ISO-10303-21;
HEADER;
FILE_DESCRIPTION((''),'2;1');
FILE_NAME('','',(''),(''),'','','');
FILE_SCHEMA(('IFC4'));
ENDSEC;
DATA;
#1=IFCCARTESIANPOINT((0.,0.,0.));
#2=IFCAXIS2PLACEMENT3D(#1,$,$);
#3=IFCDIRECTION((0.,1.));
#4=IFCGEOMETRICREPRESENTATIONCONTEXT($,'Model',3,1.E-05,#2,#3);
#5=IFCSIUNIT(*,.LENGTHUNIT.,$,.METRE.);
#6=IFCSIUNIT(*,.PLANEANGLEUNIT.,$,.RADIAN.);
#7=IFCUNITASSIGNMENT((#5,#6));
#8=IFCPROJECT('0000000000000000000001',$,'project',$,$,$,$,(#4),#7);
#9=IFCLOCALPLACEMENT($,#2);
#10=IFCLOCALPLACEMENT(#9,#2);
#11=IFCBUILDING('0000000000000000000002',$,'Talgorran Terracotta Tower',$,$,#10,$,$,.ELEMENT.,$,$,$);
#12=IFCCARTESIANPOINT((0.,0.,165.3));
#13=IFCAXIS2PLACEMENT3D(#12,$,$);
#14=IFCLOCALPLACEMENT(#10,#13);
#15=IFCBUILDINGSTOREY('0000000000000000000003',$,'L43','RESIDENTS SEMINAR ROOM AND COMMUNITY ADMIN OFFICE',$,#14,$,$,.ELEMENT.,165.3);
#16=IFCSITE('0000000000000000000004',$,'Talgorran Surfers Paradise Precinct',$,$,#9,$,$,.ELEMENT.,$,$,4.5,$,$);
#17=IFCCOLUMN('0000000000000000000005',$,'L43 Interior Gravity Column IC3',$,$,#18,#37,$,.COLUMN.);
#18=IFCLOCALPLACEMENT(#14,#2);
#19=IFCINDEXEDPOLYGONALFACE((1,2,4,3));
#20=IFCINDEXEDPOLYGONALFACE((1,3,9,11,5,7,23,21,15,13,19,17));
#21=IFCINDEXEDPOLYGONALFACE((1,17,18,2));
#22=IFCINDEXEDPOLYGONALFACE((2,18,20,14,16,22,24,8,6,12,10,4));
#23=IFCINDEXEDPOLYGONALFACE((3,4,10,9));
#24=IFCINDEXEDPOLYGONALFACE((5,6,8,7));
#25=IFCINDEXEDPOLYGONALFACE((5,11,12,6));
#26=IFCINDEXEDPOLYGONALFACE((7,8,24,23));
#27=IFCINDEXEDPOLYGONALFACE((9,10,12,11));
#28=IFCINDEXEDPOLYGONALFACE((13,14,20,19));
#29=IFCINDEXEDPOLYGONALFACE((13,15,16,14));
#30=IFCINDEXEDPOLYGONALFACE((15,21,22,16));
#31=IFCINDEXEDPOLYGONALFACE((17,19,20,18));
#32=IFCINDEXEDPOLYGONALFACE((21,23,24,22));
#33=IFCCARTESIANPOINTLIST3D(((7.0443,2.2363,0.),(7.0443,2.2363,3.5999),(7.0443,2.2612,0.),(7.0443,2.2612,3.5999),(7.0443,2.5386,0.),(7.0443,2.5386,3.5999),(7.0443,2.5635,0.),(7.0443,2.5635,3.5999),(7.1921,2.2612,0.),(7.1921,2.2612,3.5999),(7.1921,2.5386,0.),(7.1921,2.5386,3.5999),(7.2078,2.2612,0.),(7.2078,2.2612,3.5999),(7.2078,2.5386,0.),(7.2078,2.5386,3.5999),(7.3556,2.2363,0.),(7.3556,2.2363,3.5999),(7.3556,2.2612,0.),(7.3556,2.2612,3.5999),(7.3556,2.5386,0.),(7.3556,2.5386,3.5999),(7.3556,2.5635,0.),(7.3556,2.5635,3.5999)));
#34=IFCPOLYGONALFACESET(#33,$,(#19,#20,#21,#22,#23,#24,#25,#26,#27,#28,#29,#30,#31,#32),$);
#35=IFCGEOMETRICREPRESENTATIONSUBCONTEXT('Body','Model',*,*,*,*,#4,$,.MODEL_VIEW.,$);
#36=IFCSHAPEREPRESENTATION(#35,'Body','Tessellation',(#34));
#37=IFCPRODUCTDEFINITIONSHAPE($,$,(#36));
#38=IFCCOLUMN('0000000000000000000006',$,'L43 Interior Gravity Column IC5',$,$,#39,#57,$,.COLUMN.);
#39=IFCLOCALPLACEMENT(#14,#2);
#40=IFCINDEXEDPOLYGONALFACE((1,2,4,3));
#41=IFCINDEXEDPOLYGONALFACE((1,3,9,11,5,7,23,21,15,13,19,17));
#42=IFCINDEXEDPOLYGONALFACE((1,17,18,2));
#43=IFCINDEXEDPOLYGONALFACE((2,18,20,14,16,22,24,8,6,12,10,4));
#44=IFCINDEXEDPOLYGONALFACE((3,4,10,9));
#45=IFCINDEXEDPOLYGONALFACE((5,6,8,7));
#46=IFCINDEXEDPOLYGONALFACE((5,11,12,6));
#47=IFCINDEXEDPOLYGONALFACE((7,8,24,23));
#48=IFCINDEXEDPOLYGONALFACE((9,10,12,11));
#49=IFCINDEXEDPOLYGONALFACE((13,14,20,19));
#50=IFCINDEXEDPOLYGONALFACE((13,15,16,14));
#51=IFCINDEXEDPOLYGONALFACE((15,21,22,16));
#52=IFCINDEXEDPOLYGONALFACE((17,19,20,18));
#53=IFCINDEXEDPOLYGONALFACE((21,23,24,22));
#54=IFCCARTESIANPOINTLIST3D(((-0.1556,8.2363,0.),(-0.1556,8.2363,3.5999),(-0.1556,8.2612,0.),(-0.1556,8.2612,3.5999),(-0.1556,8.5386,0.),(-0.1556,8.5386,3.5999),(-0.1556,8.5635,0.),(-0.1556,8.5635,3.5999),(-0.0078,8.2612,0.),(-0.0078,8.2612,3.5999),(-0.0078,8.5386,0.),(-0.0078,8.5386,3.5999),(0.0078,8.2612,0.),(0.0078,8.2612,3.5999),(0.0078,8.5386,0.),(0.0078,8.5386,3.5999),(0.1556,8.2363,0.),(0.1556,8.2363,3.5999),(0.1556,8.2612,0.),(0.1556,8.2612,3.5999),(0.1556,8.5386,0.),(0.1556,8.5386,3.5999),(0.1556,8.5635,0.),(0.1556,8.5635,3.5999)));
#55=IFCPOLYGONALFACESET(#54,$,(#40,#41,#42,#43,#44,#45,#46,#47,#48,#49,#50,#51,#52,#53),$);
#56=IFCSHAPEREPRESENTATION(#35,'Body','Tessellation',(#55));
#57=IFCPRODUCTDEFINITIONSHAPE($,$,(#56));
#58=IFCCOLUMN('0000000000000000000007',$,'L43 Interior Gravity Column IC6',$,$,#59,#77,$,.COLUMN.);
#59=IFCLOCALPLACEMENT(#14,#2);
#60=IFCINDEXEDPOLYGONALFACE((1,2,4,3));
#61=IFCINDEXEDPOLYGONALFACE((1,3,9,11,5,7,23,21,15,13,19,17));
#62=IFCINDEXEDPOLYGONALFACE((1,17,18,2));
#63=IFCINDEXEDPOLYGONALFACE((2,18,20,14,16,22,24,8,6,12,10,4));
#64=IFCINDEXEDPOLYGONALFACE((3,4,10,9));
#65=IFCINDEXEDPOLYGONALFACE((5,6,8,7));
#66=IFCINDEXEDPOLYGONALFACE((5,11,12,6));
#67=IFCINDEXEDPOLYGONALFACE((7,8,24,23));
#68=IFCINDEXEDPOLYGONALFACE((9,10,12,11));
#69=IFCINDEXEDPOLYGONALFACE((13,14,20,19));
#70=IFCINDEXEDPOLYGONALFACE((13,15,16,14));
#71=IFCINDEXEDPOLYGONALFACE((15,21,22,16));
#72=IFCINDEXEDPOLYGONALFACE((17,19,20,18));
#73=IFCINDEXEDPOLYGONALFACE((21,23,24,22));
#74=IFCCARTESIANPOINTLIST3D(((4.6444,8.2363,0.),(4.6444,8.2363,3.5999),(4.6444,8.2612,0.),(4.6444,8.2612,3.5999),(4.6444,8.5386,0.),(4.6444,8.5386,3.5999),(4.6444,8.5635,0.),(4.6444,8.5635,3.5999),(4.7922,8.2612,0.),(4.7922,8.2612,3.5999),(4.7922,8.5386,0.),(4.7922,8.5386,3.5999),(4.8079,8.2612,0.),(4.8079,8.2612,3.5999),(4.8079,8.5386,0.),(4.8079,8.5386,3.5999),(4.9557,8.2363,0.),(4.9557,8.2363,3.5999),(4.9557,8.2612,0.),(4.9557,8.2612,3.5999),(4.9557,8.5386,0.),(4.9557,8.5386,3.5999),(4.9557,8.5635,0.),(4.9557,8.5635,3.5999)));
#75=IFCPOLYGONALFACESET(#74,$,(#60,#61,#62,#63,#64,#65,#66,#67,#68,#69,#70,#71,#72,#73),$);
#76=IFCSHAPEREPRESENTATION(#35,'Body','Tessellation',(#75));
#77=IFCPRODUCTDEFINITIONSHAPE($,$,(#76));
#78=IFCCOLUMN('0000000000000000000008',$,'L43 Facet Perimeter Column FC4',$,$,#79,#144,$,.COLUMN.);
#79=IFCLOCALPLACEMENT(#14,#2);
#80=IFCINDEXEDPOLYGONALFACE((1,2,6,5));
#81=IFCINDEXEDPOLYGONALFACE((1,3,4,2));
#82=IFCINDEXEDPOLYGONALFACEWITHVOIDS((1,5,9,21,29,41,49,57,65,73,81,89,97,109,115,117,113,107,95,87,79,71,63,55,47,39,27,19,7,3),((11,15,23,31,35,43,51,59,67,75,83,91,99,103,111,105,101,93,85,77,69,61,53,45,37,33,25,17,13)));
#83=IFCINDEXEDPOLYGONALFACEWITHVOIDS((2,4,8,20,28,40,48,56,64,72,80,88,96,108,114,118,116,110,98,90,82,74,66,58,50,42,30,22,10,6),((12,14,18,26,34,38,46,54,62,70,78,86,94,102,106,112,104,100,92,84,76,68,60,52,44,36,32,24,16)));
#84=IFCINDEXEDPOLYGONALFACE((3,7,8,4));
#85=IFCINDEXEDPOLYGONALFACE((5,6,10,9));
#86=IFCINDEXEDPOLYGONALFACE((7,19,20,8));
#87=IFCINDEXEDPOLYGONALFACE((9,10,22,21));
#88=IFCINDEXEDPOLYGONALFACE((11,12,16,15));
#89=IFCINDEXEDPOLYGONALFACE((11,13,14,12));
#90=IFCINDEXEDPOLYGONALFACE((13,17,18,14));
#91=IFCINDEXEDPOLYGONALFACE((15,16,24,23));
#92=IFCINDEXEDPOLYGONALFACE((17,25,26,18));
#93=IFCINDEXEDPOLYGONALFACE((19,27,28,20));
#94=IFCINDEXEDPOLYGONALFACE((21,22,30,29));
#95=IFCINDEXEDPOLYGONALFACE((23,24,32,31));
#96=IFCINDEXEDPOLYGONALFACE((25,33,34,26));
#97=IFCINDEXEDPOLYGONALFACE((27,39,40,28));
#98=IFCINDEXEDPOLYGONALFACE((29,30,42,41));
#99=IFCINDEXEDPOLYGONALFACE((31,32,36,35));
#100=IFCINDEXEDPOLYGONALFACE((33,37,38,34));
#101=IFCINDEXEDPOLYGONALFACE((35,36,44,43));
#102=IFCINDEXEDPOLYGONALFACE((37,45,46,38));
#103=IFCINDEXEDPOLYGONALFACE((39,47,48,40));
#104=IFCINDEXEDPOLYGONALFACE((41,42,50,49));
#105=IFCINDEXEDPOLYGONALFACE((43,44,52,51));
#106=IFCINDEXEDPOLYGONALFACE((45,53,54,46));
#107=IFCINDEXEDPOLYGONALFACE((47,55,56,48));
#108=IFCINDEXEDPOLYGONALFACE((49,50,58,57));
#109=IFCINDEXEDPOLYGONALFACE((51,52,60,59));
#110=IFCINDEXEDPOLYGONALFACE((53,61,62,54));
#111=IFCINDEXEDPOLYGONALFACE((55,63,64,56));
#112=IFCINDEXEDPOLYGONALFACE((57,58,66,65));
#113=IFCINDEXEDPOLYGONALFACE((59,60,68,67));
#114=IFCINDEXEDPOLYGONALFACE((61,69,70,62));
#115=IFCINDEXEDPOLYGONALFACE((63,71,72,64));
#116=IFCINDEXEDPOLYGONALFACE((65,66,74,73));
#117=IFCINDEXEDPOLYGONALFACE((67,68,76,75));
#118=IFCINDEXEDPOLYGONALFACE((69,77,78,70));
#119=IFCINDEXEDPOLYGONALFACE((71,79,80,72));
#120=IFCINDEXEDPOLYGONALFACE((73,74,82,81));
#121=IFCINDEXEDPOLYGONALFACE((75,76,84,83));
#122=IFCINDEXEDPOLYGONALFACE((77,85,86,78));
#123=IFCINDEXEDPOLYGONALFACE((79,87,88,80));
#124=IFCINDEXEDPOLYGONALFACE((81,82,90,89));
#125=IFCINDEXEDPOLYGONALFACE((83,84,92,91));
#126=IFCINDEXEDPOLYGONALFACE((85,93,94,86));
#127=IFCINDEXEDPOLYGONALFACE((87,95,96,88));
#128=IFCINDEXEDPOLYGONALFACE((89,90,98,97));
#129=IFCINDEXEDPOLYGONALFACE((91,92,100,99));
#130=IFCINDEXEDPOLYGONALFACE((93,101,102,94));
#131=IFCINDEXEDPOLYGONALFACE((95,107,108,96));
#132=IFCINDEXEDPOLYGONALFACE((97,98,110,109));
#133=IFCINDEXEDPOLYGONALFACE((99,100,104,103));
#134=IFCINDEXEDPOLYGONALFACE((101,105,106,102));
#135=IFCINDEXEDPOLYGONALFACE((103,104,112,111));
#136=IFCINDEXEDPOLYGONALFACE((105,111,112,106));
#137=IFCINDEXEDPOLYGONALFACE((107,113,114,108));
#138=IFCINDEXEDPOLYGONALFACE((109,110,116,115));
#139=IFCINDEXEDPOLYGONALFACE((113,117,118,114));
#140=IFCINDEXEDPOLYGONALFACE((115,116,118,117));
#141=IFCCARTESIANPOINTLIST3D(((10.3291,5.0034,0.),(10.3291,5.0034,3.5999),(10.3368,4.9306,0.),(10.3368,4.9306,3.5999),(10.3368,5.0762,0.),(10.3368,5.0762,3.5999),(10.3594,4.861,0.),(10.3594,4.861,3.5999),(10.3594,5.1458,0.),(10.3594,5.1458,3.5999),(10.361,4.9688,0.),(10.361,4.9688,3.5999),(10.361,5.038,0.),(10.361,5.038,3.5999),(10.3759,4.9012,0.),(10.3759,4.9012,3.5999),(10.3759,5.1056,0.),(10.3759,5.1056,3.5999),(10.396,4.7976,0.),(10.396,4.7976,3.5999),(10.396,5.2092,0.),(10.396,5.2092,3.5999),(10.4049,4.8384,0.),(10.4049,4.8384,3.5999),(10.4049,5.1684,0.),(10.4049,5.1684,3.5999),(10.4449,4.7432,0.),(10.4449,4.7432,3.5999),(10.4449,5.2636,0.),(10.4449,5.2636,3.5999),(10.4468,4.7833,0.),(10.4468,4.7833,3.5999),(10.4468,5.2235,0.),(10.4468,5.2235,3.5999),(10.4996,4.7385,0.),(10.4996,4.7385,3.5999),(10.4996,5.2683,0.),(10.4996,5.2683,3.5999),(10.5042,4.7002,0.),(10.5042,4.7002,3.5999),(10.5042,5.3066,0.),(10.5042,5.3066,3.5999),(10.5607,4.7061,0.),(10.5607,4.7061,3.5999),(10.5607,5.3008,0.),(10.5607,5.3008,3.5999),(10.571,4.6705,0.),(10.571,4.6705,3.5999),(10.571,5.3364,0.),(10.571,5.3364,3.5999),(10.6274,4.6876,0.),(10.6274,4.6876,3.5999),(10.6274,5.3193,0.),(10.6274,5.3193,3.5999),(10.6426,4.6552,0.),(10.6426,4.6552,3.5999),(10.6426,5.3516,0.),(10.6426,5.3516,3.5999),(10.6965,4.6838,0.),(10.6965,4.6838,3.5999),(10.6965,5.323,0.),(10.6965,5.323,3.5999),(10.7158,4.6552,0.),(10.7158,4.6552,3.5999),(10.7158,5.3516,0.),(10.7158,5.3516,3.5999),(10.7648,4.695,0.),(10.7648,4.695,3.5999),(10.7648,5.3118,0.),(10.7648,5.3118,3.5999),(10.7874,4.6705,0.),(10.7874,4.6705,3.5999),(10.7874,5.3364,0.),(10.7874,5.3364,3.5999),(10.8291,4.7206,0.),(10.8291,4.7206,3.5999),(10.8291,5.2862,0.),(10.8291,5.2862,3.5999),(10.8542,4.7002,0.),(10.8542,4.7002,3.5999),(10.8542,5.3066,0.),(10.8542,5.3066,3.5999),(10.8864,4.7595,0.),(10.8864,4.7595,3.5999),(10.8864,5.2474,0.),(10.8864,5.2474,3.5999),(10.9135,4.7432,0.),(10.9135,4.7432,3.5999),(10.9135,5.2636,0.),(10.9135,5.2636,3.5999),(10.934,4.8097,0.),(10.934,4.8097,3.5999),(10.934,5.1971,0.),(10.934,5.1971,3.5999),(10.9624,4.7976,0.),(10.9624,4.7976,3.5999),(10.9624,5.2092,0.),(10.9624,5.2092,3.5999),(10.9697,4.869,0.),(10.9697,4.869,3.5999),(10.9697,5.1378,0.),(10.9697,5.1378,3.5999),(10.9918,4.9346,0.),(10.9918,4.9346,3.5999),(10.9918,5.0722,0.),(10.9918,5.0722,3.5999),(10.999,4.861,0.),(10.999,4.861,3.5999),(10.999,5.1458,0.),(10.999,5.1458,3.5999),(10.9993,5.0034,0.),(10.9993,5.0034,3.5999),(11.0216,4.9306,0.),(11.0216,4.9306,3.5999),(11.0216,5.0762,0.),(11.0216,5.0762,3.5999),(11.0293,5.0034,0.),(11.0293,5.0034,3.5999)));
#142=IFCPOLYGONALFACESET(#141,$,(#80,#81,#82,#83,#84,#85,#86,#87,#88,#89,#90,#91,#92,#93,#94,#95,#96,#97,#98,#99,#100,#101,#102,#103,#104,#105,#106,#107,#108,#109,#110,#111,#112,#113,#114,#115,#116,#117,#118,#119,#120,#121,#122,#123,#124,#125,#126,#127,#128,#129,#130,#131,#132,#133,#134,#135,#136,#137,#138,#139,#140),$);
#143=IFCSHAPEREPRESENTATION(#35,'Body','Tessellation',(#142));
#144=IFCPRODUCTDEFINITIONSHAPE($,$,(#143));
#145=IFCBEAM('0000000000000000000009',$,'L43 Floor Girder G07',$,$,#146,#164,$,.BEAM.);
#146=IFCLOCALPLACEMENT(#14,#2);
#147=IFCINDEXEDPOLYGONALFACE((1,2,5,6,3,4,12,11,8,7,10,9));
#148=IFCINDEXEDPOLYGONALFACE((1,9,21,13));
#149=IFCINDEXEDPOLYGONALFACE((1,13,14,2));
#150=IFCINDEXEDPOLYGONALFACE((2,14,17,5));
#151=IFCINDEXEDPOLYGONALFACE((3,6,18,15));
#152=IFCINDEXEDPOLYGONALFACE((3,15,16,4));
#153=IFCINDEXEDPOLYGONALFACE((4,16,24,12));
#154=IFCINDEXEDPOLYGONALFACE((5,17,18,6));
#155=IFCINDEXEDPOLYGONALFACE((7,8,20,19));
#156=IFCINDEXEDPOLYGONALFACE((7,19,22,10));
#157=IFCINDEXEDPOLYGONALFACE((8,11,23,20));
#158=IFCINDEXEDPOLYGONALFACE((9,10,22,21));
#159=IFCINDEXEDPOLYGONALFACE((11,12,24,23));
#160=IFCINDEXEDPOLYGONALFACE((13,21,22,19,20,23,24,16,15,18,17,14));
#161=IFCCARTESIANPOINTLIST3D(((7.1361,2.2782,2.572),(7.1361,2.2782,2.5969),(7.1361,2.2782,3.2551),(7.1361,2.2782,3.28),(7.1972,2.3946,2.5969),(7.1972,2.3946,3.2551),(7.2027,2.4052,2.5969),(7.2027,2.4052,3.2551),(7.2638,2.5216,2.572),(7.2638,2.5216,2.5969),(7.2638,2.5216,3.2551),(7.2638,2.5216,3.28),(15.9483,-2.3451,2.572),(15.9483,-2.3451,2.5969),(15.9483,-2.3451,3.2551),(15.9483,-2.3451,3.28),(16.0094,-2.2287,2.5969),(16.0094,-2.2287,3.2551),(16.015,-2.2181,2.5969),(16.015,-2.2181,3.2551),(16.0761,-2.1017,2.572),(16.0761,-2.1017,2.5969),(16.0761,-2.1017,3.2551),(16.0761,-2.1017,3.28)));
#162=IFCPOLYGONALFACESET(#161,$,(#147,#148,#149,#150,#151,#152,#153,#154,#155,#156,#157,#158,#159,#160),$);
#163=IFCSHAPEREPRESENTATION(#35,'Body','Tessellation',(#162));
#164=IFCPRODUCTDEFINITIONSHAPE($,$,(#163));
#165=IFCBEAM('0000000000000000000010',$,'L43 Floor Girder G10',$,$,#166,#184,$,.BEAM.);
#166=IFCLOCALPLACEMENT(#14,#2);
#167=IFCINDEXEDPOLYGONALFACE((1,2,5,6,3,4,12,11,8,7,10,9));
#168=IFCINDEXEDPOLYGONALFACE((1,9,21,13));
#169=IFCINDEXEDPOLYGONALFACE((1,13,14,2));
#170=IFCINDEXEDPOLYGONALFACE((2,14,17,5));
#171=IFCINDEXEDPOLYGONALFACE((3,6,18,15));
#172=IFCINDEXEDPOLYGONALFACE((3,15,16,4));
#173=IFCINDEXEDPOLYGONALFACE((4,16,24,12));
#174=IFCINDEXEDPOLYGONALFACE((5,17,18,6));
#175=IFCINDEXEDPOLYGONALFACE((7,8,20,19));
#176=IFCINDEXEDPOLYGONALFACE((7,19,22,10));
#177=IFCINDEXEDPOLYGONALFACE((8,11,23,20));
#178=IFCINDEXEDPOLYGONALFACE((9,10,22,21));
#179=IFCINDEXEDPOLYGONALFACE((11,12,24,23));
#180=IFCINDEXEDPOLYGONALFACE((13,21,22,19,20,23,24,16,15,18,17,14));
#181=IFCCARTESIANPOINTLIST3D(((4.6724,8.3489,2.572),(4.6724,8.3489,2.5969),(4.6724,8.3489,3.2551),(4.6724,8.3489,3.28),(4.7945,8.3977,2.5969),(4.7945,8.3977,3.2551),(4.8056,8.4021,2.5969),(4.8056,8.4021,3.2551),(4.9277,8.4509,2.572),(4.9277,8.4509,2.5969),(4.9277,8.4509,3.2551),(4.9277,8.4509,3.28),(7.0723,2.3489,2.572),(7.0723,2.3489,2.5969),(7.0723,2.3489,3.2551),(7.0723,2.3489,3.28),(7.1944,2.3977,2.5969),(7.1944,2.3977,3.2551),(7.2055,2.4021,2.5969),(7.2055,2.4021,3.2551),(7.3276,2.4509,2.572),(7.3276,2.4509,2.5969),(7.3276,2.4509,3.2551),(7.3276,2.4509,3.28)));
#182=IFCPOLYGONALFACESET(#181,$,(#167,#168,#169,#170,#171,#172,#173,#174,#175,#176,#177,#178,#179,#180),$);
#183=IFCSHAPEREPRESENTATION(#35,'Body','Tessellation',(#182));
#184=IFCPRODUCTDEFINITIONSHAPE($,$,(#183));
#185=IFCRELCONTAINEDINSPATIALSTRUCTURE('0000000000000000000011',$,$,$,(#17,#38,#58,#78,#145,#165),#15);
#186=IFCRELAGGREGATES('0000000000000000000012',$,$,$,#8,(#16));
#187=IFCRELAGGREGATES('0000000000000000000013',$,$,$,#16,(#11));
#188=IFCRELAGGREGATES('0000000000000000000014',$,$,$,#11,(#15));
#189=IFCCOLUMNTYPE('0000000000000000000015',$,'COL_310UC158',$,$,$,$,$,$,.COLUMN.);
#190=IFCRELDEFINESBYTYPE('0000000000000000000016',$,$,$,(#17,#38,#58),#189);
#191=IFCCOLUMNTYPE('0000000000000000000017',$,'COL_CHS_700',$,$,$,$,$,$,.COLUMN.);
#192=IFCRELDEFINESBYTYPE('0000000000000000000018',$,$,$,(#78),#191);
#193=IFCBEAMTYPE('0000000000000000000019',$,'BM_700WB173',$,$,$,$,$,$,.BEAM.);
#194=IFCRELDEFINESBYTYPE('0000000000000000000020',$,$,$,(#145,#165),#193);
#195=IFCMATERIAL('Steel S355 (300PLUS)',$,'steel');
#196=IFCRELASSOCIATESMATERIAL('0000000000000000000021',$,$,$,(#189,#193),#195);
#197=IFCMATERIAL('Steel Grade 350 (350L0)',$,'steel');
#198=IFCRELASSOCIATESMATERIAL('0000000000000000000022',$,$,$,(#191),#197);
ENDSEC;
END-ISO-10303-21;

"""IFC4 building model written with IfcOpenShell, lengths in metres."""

from ifc_helpers import new_model, si_unit, direction, frame, origin, origin_2d, place, context, subcontext, project, spatial, hollow_circle, i_section, extrude, material, material_profile, profile_set, type_object, element, save


model = new_model("IFC4")

# Units and contexts
model_context = context("Model", 3, precision=1e-05, world=origin(), true_north=direction((0.0, 1.0)))
body_context = subcontext(model_context, "Body", "Model", "MODEL_VIEW")
ifc_project = project(units=[si_unit("LENGTHUNIT", "METRE"), si_unit("PLANEANGLEUNIT", "RADIAN")], contexts=[model_context])

# Site, building, storey
site_placement = place(None, origin())
site = spatial("IfcSite", under=ifc_project, at=site_placement, Name="Talgorran Surfers Paradise Precinct", CompositionType="ELEMENT", RefElevation=4.5)
building_placement = place(site_placement, origin())
building = spatial("IfcBuilding", under=site, at=building_placement, Name="Talgorran Terracotta Tower", CompositionType="ELEMENT")
storey_placement = place(building_placement, frame((0.0, 0.0, 165.3)))
storey = spatial("IfcBuildingStorey", under=building, at=storey_placement, Name="L43", Description="RESIDENTS SEMINAR ROOM AND COMMUNITY ADMIN OFFICE", CompositionType="ELEMENT", Elevation=165.3)

# Columns
ifc_material_1 = material(Name="Steel S355 (300PLUS)", Category="steel")
ifc_material_profile_1 = material_profile(ifc_material_1, i_section(OverallWidth=0.3113, OverallDepth=0.3271, WebThickness=0.0156, FlangeThickness=0.0249, at=origin_2d()), Name="310UC158")
ifc_profile_set_1 = profile_set([ifc_material_profile_1], Name="Steel S355 (300PLUS)")
column_type_1 = type_object("IfcColumnType", Name="COL_310UC158", PredefinedType="COLUMN", material=ifc_profile_set_1)
for number, where, z_axis, x_axis, name in (
    (1, (7.2, 2.3999, 0.0), (0.0, 0.0, 1.0), (1.0, 0.0, 0.0), "L43 Interior Gravity Column IC3"),
    (2, (0.0, 8.3999, 0.0), (0.0, 0.0, 1.0), (1.0, 0.0, 0.0), "L43 Interior Gravity Column IC5"),
    (3, (4.8, 8.3999, 0.0), (0.0, 0.0, 1.0), (1.0, 0.0, 0.0), "L43 Interior Gravity Column IC6"),
):
    element("IfcColumn", number, at=place(storey_placement, frame(where, z_axis=z_axis, x_axis=x_axis)), inside=storey, type_object=column_type_1, Name=name, PredefinedType="COLUMN", context=body_context, shape_type="SweptSolid", body=[
        extrude(i_section(OverallWidth=0.3113, OverallDepth=0.3271, WebThickness=0.0156, FlangeThickness=0.0249, at=origin_2d()), origin(), (0.0, 0.0, 1.0), 3.5999),
    ])
ifc_material_2 = material(Name="Steel Grade 350 (350L0)", Category="steel")
ifc_material_profile_2 = material_profile(ifc_material_2, hollow_circle(Radius=0.3501, WallThickness=0.03, at=origin_2d()), Name="CHS700X30")
ifc_profile_set_2 = profile_set([ifc_material_profile_2], Name="Steel Grade 350 (350L0)")
column_type_2 = type_object("IfcColumnType", Name="COL_CHS_700", PredefinedType="COLUMN", material=ifc_profile_set_2)
column_placement = place(storey_placement, frame((10.6792, 5.0034, 0.0), z_axis=(0.0, 0.0, 1.0), x_axis=(1.0, 0.0, 0.0)))
element("IfcColumn", 4, at=column_placement, inside=storey, type_object=column_type_2, Name="L43 Facet Perimeter Column FC4", PredefinedType="COLUMN", context=body_context, shape_type="SweptSolid", body=[
    extrude(hollow_circle(Radius=0.3501, WallThickness=0.03, at=origin_2d()), origin(), (0.0, 0.0, 1.0), 3.5999),
])

# Beams
ifc_material_profile_3 = material_profile(ifc_material_1, i_section(OverallWidth=0.2749, OverallDepth=0.708, WebThickness=0.012, FlangeThickness=0.0249, at=origin_2d()), Name="700WB173")
ifc_profile_set_3 = profile_set([ifc_material_profile_3], Name="Steel S355 (300PLUS)")
beam_type_1 = type_object("IfcBeamType", Name="BM_700WB173", PredefinedType="BEAM", material=ifc_profile_set_3)
beam_1_placement = place(storey_placement, frame((7.2, 2.3999, 2.926), z_axis=(0.885528, -0.464586, 0.0), x_axis=(0.464586, 0.885528, 0.0)))
element("IfcBeam", 5, at=beam_1_placement, inside=storey, type_object=beam_type_1, Name="L43 Floor Girder G07", PredefinedType="BEAM", context=body_context, shape_type="SweptSolid", body=[
    extrude(i_section(OverallWidth=0.2749, OverallDepth=0.708, WebThickness=0.012, FlangeThickness=0.0249, at=origin_2d()), origin(), (0.0, 0.0, 1.0), 9.9514),
])
beam_2_placement = place(storey_placement, frame((7.2, 2.3999, 2.926), z_axis=(-0.371378, 0.928482, 0.0), x_axis=(-0.928482, -0.371378, 0.0)))
element("IfcBeam", 6, at=beam_2_placement, inside=storey, type_object=beam_type_1, Name="L43 Floor Girder G10", PredefinedType="BEAM", context=body_context, shape_type="SweptSolid", body=[
    extrude(i_section(OverallWidth=0.2749, OverallDepth=0.708, WebThickness=0.012, FlangeThickness=0.0249, at=origin_2d()), origin(), (0.0, 0.0, 1.0), 6.4622),
])

save(model, "model.ifc")
